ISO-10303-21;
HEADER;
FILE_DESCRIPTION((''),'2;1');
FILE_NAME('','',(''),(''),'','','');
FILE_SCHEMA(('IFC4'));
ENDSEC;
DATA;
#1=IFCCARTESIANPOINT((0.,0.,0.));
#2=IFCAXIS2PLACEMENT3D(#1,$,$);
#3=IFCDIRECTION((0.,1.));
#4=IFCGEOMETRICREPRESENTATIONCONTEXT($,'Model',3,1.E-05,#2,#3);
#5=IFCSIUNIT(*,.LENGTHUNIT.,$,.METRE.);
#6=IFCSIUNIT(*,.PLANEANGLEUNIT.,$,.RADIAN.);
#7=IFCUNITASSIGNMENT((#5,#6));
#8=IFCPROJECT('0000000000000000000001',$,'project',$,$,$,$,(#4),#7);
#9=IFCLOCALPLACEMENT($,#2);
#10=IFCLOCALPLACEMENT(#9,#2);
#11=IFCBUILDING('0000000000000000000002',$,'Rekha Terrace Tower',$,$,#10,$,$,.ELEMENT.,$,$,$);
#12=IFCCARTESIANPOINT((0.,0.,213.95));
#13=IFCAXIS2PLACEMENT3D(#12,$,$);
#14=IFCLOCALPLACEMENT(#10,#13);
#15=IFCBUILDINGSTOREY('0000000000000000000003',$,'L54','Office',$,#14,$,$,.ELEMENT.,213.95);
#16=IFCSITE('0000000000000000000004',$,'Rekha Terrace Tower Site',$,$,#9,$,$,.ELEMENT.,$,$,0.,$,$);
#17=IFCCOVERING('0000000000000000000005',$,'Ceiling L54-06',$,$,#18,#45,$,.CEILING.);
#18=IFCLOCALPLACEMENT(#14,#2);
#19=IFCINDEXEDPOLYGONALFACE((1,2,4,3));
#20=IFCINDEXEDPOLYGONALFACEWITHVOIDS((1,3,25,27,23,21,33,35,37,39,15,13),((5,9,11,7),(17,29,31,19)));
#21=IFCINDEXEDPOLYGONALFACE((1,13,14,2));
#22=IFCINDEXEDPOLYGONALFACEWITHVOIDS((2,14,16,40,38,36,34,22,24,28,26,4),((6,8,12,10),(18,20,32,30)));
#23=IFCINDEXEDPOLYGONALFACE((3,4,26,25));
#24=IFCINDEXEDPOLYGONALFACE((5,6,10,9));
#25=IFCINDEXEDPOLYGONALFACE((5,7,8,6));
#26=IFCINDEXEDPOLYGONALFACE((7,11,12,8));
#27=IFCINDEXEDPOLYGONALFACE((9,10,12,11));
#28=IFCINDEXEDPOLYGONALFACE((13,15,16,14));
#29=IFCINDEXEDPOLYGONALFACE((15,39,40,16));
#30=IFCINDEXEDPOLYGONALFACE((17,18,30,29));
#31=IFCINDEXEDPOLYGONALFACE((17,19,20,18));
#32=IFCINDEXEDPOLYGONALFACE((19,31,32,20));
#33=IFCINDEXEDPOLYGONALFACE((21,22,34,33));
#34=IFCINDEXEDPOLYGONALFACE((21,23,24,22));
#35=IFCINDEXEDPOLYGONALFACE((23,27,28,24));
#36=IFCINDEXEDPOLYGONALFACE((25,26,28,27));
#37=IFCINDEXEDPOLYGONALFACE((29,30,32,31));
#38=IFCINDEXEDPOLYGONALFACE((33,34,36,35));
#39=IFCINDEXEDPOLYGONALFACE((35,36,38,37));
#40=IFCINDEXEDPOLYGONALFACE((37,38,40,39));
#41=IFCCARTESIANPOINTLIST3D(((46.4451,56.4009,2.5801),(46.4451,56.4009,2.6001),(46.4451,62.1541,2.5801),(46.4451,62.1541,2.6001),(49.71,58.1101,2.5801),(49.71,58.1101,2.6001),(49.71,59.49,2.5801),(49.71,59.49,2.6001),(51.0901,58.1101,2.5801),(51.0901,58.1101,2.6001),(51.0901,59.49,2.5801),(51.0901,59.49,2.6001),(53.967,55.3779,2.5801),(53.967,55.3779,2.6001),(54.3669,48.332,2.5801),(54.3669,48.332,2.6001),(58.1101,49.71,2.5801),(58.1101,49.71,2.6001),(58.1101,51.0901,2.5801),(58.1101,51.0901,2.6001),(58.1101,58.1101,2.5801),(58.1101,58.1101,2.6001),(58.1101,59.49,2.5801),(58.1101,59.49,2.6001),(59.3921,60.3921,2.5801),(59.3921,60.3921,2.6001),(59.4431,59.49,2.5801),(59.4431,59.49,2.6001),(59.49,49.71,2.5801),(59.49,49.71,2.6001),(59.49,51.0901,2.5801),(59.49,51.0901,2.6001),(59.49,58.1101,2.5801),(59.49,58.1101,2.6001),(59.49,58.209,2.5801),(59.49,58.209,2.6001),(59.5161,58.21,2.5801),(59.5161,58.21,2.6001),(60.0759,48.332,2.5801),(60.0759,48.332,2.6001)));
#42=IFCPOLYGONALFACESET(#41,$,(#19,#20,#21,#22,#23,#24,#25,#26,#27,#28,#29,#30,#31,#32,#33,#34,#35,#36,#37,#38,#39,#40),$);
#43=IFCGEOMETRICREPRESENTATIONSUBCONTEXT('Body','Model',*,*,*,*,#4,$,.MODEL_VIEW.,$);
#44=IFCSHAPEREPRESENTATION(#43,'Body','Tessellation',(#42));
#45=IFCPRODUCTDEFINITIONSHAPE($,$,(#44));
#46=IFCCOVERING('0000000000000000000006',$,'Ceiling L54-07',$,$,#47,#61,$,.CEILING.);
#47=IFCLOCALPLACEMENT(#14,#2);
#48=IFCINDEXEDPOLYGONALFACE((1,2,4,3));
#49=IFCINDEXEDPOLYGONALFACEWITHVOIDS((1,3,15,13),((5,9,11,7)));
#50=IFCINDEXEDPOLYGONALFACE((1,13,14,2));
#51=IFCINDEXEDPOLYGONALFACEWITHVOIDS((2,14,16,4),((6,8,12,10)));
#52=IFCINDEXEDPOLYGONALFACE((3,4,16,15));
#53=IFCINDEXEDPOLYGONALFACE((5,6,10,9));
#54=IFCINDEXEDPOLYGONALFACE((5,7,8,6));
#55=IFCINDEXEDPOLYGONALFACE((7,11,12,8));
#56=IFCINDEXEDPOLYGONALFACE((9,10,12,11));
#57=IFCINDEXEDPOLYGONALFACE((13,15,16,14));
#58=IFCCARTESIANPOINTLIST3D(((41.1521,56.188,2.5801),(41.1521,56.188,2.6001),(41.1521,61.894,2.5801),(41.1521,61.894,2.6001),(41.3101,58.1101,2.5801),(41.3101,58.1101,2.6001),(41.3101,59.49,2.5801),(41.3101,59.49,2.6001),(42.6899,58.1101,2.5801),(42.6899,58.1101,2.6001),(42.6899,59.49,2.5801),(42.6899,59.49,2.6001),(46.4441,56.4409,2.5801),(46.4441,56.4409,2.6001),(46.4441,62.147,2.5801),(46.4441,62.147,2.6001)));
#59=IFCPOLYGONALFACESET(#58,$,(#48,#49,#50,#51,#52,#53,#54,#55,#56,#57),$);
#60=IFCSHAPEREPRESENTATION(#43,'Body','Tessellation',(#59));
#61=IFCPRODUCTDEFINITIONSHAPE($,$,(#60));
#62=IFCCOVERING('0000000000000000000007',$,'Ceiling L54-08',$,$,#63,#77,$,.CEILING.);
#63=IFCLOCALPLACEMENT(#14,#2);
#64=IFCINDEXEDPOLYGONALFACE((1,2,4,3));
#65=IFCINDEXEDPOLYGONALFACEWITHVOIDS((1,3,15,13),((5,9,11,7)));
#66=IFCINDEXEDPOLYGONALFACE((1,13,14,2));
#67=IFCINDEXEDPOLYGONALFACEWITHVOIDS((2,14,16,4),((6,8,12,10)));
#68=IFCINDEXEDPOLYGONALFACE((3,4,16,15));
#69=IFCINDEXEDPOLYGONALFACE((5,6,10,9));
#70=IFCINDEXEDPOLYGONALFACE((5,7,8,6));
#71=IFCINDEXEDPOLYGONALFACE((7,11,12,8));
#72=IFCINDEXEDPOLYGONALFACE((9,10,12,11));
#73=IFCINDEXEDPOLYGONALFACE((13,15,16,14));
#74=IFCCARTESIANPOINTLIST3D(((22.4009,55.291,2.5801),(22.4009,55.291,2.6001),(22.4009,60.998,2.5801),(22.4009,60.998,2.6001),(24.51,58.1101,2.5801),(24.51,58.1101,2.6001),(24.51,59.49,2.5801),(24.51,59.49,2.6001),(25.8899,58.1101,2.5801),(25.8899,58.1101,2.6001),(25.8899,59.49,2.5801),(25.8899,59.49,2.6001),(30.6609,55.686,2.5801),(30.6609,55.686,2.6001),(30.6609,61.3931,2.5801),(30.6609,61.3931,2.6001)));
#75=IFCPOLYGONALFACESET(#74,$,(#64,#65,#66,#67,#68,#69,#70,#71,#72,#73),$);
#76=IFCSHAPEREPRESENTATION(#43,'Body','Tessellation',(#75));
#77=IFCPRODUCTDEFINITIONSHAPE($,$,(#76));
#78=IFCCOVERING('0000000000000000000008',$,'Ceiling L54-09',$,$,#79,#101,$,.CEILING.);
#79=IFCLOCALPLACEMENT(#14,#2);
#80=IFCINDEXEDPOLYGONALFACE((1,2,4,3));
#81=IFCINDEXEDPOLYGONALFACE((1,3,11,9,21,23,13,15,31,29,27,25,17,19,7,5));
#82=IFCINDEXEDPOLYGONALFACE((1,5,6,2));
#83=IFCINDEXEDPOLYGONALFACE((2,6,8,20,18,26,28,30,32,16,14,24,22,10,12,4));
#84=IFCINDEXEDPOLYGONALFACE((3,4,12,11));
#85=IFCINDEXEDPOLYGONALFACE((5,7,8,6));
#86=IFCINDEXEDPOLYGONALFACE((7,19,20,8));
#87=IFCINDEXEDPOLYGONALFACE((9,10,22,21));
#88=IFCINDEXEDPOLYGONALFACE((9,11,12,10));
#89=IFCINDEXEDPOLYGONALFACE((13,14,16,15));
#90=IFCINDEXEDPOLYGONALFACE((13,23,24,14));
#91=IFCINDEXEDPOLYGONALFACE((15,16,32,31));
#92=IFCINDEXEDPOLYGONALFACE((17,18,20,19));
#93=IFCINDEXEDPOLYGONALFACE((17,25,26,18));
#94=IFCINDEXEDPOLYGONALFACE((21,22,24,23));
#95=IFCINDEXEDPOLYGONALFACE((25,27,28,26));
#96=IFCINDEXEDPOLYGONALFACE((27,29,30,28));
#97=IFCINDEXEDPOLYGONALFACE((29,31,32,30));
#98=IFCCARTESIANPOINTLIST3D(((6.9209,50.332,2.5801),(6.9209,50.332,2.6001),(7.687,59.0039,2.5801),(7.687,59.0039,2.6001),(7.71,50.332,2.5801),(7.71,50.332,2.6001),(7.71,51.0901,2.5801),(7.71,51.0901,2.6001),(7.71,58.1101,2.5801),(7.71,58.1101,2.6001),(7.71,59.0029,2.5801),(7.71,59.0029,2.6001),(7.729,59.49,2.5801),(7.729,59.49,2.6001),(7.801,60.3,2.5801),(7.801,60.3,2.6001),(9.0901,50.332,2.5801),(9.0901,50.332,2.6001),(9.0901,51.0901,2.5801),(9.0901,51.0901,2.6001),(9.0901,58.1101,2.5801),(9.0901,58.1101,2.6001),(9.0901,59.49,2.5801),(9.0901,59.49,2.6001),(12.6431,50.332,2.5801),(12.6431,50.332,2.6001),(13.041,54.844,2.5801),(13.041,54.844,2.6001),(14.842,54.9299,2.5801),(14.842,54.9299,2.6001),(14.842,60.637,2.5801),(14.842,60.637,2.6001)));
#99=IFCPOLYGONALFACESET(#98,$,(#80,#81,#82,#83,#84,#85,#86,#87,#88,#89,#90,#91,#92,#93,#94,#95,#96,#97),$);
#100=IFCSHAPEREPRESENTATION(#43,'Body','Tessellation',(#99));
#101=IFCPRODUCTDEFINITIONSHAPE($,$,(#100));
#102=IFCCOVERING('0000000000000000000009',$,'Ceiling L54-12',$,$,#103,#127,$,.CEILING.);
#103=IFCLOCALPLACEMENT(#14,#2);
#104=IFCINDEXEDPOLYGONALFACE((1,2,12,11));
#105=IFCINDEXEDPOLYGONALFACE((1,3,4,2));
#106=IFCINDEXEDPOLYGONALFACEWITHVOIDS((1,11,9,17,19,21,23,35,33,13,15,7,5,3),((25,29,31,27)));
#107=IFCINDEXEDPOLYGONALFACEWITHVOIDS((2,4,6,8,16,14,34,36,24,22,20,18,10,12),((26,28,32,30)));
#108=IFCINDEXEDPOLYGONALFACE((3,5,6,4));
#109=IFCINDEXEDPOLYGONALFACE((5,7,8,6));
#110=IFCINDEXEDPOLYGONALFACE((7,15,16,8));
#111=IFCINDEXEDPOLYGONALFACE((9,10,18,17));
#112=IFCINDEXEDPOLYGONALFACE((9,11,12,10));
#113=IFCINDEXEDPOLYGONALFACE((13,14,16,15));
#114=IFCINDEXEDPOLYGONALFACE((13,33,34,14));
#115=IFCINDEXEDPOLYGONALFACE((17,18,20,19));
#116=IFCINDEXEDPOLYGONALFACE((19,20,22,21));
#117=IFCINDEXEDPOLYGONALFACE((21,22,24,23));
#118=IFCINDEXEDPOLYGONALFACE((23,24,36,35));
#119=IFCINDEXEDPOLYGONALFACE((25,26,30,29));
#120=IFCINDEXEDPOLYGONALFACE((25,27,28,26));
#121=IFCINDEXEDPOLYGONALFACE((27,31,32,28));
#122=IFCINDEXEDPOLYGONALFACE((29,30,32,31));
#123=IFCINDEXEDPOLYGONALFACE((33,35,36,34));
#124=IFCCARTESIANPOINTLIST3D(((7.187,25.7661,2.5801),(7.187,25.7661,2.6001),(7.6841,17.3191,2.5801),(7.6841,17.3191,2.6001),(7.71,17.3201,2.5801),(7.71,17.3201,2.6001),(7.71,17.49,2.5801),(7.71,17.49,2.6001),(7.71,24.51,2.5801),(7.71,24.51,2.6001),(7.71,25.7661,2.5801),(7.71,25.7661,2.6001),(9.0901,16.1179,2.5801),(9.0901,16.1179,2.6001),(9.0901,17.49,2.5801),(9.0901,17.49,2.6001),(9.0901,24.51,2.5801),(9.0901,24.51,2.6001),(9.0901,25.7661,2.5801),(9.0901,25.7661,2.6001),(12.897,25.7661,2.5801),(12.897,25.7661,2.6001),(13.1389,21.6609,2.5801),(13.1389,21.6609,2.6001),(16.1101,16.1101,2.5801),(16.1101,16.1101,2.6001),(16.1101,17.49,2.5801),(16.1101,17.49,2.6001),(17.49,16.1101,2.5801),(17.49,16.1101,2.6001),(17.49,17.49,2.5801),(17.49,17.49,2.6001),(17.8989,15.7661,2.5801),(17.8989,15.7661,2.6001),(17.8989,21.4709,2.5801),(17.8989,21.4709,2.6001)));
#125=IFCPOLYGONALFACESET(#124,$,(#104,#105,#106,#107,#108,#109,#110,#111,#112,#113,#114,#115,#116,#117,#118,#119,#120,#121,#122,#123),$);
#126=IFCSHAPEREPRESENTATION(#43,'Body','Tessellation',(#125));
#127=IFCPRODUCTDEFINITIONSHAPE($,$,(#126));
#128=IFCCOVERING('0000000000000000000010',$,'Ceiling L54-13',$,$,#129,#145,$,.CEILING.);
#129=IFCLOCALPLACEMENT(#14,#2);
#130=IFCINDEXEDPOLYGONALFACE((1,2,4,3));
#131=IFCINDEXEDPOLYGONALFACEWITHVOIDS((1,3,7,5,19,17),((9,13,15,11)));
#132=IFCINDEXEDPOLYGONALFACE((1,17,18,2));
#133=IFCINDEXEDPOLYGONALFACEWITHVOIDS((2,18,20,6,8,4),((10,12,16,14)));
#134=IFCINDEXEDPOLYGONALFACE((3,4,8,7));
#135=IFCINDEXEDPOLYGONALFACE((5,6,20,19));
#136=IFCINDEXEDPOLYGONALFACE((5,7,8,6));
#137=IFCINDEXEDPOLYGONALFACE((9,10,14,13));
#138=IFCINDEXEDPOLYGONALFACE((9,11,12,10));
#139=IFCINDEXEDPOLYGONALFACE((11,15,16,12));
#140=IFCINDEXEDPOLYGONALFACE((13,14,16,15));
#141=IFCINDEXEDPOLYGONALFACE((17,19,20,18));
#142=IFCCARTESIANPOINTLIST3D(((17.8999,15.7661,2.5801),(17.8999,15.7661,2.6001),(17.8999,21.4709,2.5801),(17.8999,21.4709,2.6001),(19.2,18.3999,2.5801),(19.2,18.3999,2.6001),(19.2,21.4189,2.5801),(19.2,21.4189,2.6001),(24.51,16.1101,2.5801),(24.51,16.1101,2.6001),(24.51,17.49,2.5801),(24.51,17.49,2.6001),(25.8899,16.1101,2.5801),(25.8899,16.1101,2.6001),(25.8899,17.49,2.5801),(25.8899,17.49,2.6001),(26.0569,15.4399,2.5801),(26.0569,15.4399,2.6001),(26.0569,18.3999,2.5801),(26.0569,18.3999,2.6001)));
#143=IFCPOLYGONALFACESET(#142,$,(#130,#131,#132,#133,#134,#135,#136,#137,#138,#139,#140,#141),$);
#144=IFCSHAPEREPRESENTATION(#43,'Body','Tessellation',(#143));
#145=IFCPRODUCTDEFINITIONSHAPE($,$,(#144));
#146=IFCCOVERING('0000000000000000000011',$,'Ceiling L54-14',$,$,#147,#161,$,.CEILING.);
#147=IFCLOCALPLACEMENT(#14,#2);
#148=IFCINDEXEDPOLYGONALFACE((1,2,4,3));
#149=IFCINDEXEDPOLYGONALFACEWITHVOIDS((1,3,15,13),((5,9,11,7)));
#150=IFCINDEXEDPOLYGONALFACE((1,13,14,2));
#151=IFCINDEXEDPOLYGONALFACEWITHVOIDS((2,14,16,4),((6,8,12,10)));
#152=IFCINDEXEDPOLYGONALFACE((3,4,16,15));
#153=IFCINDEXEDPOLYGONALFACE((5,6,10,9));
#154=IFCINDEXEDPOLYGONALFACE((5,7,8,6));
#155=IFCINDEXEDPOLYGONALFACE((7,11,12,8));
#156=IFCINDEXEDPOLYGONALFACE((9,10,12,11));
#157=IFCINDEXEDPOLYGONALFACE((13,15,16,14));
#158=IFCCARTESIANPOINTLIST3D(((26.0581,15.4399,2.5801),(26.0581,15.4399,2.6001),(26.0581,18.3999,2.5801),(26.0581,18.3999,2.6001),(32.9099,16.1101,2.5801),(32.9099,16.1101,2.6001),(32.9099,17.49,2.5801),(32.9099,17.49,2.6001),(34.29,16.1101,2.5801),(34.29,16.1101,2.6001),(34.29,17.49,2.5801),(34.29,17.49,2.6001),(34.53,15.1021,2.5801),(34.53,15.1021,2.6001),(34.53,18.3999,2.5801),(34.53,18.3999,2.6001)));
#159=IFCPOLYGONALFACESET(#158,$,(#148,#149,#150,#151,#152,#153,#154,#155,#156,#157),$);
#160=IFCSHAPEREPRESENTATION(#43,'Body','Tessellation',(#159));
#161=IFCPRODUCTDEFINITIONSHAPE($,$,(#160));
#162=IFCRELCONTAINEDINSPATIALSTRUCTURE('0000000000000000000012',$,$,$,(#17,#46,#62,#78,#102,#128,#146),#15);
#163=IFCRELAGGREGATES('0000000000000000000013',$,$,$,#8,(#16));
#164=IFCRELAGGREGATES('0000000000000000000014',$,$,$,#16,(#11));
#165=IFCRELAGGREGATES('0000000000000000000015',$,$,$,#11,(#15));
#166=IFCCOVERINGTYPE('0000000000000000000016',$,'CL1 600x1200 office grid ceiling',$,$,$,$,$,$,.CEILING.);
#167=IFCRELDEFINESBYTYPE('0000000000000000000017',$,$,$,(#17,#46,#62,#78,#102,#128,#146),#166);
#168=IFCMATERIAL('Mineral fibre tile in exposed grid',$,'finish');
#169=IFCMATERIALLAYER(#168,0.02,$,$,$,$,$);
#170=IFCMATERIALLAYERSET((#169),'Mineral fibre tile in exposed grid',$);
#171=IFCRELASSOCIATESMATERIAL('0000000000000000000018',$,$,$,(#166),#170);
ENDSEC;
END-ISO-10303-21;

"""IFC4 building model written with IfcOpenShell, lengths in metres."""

from ifc_helpers import new_model, si_unit, direction, frame, origin, place, context, subcontext, project, spatial, polyline, outline, extrude, material, layer, layer_set, type_object, element, save


model = new_model("IFC4")

# Units and contexts
model_context = context("Model", 3, precision=1e-05, world=origin(), true_north=direction((0.0, 1.0)))
body_context = subcontext(model_context, "Body", "Model", "MODEL_VIEW")
ifc_project = project(units=[si_unit("LENGTHUNIT", "METRE"), si_unit("PLANEANGLEUNIT", "RADIAN")], contexts=[model_context])

# Site, building, storey
site_placement = place(None, origin())
site = spatial("IfcSite", under=ifc_project, at=site_placement, Name="Rekha Terrace Tower Site", CompositionType="ELEMENT", RefElevation=0.0)
building_placement = place(site_placement, origin())
building = spatial("IfcBuilding", under=site, at=building_placement, Name="Rekha Terrace Tower", CompositionType="ELEMENT")
storey_placement = place(building_placement, frame((0.0, 0.0, 213.95)))
storey = spatial("IfcBuildingStorey", under=building, at=storey_placement, Name="L54", Description="Office", CompositionType="ELEMENT", Elevation=213.95)

# Coverings
ifc_material_1 = material(Name="Mineral fibre tile in exposed grid", Category="finish")
ifc_layer_1 = layer(ifc_material_1, 0.02)
ifc_layer_set_1 = layer_set([ifc_layer_1], Name="Mineral fibre tile in exposed grid")
covering_type_1 = type_object("IfcCoveringType", Name="CL1 600x1200 office grid ceiling", PredefinedType="CEILING", material=ifc_layer_set_1)
covering_1_placement = place(storey_placement, frame((0.0, 0.0, 2.5801)))
element("IfcCovering", 1, at=covering_1_placement, inside=storey, type_object=covering_type_1, Name="Ceiling L54-06", PredefinedType="CEILING", context=body_context, shape_type="SweptSolid", body=[
    extrude(outline(polyline([(58.1101, 59.49), (59.4431, 59.49), (59.3921, 60.3921), (46.4451, 62.1541), (46.4451, 56.4009), (53.967, 55.3779), (54.3669, 48.332), (60.0759, 48.332), (59.5161, 58.21), (59.49, 58.209), (59.49, 58.1101), (58.1101, 58.1101), (58.1101, 59.49)]), holes=[polyline([(59.49, 51.0901), (59.49, 49.71), (58.1101, 49.71), (58.1101, 51.0901), (59.49, 51.0901)]), polyline([(51.0901, 58.1101), (49.71, 58.1101), (49.71, 59.49), (51.0901, 59.49), (51.0901, 58.1101)])]), origin(), (0.0, 0.0, 1.0), 0.02),
])
covering_2_placement = place(storey_placement, frame((0.0, 0.0, 2.5801)))
element("IfcCovering", 2, at=covering_2_placement, inside=storey, type_object=covering_type_1, Name="Ceiling L54-07", PredefinedType="CEILING", context=body_context, shape_type="SweptSolid", body=[
    extrude(outline(polyline([(46.4441, 62.147), (41.1521, 61.894), (41.1521, 56.188), (46.4441, 56.4409), (46.4441, 62.147)]), holes=[polyline([(42.6899, 59.49), (42.6899, 58.1101), (41.3101, 58.1101), (41.3101, 59.49), (42.6899, 59.49)])]), origin(), (0.0, 0.0, 1.0), 0.02),
])
covering_3_placement = place(storey_placement, frame((0.0, 0.0, 2.5801)))
element("IfcCovering", 3, at=covering_3_placement, inside=storey, type_object=covering_type_1, Name="Ceiling L54-08", PredefinedType="CEILING", context=body_context, shape_type="SweptSolid", body=[
    extrude(outline(polyline([(30.6609, 55.686), (30.6609, 61.3931), (22.4009, 60.998), (22.4009, 55.291), (30.6609, 55.686)]), holes=[polyline([(25.8899, 58.1101), (24.51, 58.1101), (24.51, 59.49), (25.8899, 59.49), (25.8899, 58.1101)])]), origin(), (0.0, 0.0, 1.0), 0.02),
])
covering_4_placement = place(storey_placement, frame((0.0, 0.0, 2.5801)))
element("IfcCovering", 4, at=covering_4_placement, inside=storey, type_object=covering_type_1, Name="Ceiling L54-09", PredefinedType="CEILING", context=body_context, shape_type="SweptSolid", body=[
    extrude(outline(polyline([(9.0901, 51.0901), (9.0901, 50.332), (12.6431, 50.332), (13.041, 54.844), (14.842, 54.9299), (14.842, 60.637), (7.801, 60.3), (7.729, 59.49), (9.0901, 59.49), (9.0901, 58.1101), (7.71, 58.1101), (7.71, 59.0029), (7.687, 59.0039), (6.9209, 50.332), (7.71, 50.332), (7.71, 51.0901), (9.0901, 51.0901)])), origin(), (0.0, 0.0, 1.0), 0.02),
])
covering_5_placement = place(storey_placement, frame((0.0, 0.0, 2.5801)))
element("IfcCovering", 5, at=covering_5_placement, inside=storey, type_object=covering_type_1, Name="Ceiling L54-12", PredefinedType="CEILING", context=body_context, shape_type="SweptSolid", body=[
    extrude(outline(polyline([(9.0901, 16.1179), (17.8989, 15.7661), (17.8989, 21.4709), (13.1389, 21.6609), (12.897, 25.7661), (9.0901, 25.7661), (9.0901, 24.51), (7.71, 24.51), (7.71, 25.7661), (7.187, 25.7661), (7.6841, 17.3191), (7.71, 17.3201), (7.71, 17.49), (9.0901, 17.49), (9.0901, 16.1179)]), holes=[polyline([(17.49, 17.49), (17.49, 16.1101), (16.1101, 16.1101), (16.1101, 17.49), (17.49, 17.49)])]), origin(), (0.0, 0.0, 1.0), 0.02),
])
covering_6_placement = place(storey_placement, frame((0.0, 0.0, 2.5801)))
element("IfcCovering", 6, at=covering_6_placement, inside=storey, type_object=covering_type_1, Name="Ceiling L54-13", PredefinedType="CEILING", context=body_context, shape_type="SweptSolid", body=[
    extrude(outline(polyline([(26.0569, 15.4399), (26.0569, 18.3999), (19.2, 18.3999), (19.2, 21.4189), (17.8999, 21.4709), (17.8999, 15.7661), (26.0569, 15.4399)]), holes=[polyline([(25.8899, 17.49), (25.8899, 16.1101), (24.51, 16.1101), (24.51, 17.49), (25.8899, 17.49)])]), origin(), (0.0, 0.0, 1.0), 0.02),
])
covering_7_placement = place(storey_placement, frame((0.0, 0.0, 2.5801)))
element("IfcCovering", 7, at=covering_7_placement, inside=storey, type_object=covering_type_1, Name="Ceiling L54-14", PredefinedType="CEILING", context=body_context, shape_type="SweptSolid", body=[
    extrude(outline(polyline([(26.0581, 18.3999), (26.0581, 15.4399), (34.53, 15.1021), (34.53, 18.3999), (26.0581, 18.3999)]), holes=[polyline([(34.29, 16.1101), (32.9099, 16.1101), (32.9099, 17.49), (34.29, 17.49), (34.29, 16.1101)])]), origin(), (0.0, 0.0, 1.0), 0.02),
])

save(model, "model.ifc")
